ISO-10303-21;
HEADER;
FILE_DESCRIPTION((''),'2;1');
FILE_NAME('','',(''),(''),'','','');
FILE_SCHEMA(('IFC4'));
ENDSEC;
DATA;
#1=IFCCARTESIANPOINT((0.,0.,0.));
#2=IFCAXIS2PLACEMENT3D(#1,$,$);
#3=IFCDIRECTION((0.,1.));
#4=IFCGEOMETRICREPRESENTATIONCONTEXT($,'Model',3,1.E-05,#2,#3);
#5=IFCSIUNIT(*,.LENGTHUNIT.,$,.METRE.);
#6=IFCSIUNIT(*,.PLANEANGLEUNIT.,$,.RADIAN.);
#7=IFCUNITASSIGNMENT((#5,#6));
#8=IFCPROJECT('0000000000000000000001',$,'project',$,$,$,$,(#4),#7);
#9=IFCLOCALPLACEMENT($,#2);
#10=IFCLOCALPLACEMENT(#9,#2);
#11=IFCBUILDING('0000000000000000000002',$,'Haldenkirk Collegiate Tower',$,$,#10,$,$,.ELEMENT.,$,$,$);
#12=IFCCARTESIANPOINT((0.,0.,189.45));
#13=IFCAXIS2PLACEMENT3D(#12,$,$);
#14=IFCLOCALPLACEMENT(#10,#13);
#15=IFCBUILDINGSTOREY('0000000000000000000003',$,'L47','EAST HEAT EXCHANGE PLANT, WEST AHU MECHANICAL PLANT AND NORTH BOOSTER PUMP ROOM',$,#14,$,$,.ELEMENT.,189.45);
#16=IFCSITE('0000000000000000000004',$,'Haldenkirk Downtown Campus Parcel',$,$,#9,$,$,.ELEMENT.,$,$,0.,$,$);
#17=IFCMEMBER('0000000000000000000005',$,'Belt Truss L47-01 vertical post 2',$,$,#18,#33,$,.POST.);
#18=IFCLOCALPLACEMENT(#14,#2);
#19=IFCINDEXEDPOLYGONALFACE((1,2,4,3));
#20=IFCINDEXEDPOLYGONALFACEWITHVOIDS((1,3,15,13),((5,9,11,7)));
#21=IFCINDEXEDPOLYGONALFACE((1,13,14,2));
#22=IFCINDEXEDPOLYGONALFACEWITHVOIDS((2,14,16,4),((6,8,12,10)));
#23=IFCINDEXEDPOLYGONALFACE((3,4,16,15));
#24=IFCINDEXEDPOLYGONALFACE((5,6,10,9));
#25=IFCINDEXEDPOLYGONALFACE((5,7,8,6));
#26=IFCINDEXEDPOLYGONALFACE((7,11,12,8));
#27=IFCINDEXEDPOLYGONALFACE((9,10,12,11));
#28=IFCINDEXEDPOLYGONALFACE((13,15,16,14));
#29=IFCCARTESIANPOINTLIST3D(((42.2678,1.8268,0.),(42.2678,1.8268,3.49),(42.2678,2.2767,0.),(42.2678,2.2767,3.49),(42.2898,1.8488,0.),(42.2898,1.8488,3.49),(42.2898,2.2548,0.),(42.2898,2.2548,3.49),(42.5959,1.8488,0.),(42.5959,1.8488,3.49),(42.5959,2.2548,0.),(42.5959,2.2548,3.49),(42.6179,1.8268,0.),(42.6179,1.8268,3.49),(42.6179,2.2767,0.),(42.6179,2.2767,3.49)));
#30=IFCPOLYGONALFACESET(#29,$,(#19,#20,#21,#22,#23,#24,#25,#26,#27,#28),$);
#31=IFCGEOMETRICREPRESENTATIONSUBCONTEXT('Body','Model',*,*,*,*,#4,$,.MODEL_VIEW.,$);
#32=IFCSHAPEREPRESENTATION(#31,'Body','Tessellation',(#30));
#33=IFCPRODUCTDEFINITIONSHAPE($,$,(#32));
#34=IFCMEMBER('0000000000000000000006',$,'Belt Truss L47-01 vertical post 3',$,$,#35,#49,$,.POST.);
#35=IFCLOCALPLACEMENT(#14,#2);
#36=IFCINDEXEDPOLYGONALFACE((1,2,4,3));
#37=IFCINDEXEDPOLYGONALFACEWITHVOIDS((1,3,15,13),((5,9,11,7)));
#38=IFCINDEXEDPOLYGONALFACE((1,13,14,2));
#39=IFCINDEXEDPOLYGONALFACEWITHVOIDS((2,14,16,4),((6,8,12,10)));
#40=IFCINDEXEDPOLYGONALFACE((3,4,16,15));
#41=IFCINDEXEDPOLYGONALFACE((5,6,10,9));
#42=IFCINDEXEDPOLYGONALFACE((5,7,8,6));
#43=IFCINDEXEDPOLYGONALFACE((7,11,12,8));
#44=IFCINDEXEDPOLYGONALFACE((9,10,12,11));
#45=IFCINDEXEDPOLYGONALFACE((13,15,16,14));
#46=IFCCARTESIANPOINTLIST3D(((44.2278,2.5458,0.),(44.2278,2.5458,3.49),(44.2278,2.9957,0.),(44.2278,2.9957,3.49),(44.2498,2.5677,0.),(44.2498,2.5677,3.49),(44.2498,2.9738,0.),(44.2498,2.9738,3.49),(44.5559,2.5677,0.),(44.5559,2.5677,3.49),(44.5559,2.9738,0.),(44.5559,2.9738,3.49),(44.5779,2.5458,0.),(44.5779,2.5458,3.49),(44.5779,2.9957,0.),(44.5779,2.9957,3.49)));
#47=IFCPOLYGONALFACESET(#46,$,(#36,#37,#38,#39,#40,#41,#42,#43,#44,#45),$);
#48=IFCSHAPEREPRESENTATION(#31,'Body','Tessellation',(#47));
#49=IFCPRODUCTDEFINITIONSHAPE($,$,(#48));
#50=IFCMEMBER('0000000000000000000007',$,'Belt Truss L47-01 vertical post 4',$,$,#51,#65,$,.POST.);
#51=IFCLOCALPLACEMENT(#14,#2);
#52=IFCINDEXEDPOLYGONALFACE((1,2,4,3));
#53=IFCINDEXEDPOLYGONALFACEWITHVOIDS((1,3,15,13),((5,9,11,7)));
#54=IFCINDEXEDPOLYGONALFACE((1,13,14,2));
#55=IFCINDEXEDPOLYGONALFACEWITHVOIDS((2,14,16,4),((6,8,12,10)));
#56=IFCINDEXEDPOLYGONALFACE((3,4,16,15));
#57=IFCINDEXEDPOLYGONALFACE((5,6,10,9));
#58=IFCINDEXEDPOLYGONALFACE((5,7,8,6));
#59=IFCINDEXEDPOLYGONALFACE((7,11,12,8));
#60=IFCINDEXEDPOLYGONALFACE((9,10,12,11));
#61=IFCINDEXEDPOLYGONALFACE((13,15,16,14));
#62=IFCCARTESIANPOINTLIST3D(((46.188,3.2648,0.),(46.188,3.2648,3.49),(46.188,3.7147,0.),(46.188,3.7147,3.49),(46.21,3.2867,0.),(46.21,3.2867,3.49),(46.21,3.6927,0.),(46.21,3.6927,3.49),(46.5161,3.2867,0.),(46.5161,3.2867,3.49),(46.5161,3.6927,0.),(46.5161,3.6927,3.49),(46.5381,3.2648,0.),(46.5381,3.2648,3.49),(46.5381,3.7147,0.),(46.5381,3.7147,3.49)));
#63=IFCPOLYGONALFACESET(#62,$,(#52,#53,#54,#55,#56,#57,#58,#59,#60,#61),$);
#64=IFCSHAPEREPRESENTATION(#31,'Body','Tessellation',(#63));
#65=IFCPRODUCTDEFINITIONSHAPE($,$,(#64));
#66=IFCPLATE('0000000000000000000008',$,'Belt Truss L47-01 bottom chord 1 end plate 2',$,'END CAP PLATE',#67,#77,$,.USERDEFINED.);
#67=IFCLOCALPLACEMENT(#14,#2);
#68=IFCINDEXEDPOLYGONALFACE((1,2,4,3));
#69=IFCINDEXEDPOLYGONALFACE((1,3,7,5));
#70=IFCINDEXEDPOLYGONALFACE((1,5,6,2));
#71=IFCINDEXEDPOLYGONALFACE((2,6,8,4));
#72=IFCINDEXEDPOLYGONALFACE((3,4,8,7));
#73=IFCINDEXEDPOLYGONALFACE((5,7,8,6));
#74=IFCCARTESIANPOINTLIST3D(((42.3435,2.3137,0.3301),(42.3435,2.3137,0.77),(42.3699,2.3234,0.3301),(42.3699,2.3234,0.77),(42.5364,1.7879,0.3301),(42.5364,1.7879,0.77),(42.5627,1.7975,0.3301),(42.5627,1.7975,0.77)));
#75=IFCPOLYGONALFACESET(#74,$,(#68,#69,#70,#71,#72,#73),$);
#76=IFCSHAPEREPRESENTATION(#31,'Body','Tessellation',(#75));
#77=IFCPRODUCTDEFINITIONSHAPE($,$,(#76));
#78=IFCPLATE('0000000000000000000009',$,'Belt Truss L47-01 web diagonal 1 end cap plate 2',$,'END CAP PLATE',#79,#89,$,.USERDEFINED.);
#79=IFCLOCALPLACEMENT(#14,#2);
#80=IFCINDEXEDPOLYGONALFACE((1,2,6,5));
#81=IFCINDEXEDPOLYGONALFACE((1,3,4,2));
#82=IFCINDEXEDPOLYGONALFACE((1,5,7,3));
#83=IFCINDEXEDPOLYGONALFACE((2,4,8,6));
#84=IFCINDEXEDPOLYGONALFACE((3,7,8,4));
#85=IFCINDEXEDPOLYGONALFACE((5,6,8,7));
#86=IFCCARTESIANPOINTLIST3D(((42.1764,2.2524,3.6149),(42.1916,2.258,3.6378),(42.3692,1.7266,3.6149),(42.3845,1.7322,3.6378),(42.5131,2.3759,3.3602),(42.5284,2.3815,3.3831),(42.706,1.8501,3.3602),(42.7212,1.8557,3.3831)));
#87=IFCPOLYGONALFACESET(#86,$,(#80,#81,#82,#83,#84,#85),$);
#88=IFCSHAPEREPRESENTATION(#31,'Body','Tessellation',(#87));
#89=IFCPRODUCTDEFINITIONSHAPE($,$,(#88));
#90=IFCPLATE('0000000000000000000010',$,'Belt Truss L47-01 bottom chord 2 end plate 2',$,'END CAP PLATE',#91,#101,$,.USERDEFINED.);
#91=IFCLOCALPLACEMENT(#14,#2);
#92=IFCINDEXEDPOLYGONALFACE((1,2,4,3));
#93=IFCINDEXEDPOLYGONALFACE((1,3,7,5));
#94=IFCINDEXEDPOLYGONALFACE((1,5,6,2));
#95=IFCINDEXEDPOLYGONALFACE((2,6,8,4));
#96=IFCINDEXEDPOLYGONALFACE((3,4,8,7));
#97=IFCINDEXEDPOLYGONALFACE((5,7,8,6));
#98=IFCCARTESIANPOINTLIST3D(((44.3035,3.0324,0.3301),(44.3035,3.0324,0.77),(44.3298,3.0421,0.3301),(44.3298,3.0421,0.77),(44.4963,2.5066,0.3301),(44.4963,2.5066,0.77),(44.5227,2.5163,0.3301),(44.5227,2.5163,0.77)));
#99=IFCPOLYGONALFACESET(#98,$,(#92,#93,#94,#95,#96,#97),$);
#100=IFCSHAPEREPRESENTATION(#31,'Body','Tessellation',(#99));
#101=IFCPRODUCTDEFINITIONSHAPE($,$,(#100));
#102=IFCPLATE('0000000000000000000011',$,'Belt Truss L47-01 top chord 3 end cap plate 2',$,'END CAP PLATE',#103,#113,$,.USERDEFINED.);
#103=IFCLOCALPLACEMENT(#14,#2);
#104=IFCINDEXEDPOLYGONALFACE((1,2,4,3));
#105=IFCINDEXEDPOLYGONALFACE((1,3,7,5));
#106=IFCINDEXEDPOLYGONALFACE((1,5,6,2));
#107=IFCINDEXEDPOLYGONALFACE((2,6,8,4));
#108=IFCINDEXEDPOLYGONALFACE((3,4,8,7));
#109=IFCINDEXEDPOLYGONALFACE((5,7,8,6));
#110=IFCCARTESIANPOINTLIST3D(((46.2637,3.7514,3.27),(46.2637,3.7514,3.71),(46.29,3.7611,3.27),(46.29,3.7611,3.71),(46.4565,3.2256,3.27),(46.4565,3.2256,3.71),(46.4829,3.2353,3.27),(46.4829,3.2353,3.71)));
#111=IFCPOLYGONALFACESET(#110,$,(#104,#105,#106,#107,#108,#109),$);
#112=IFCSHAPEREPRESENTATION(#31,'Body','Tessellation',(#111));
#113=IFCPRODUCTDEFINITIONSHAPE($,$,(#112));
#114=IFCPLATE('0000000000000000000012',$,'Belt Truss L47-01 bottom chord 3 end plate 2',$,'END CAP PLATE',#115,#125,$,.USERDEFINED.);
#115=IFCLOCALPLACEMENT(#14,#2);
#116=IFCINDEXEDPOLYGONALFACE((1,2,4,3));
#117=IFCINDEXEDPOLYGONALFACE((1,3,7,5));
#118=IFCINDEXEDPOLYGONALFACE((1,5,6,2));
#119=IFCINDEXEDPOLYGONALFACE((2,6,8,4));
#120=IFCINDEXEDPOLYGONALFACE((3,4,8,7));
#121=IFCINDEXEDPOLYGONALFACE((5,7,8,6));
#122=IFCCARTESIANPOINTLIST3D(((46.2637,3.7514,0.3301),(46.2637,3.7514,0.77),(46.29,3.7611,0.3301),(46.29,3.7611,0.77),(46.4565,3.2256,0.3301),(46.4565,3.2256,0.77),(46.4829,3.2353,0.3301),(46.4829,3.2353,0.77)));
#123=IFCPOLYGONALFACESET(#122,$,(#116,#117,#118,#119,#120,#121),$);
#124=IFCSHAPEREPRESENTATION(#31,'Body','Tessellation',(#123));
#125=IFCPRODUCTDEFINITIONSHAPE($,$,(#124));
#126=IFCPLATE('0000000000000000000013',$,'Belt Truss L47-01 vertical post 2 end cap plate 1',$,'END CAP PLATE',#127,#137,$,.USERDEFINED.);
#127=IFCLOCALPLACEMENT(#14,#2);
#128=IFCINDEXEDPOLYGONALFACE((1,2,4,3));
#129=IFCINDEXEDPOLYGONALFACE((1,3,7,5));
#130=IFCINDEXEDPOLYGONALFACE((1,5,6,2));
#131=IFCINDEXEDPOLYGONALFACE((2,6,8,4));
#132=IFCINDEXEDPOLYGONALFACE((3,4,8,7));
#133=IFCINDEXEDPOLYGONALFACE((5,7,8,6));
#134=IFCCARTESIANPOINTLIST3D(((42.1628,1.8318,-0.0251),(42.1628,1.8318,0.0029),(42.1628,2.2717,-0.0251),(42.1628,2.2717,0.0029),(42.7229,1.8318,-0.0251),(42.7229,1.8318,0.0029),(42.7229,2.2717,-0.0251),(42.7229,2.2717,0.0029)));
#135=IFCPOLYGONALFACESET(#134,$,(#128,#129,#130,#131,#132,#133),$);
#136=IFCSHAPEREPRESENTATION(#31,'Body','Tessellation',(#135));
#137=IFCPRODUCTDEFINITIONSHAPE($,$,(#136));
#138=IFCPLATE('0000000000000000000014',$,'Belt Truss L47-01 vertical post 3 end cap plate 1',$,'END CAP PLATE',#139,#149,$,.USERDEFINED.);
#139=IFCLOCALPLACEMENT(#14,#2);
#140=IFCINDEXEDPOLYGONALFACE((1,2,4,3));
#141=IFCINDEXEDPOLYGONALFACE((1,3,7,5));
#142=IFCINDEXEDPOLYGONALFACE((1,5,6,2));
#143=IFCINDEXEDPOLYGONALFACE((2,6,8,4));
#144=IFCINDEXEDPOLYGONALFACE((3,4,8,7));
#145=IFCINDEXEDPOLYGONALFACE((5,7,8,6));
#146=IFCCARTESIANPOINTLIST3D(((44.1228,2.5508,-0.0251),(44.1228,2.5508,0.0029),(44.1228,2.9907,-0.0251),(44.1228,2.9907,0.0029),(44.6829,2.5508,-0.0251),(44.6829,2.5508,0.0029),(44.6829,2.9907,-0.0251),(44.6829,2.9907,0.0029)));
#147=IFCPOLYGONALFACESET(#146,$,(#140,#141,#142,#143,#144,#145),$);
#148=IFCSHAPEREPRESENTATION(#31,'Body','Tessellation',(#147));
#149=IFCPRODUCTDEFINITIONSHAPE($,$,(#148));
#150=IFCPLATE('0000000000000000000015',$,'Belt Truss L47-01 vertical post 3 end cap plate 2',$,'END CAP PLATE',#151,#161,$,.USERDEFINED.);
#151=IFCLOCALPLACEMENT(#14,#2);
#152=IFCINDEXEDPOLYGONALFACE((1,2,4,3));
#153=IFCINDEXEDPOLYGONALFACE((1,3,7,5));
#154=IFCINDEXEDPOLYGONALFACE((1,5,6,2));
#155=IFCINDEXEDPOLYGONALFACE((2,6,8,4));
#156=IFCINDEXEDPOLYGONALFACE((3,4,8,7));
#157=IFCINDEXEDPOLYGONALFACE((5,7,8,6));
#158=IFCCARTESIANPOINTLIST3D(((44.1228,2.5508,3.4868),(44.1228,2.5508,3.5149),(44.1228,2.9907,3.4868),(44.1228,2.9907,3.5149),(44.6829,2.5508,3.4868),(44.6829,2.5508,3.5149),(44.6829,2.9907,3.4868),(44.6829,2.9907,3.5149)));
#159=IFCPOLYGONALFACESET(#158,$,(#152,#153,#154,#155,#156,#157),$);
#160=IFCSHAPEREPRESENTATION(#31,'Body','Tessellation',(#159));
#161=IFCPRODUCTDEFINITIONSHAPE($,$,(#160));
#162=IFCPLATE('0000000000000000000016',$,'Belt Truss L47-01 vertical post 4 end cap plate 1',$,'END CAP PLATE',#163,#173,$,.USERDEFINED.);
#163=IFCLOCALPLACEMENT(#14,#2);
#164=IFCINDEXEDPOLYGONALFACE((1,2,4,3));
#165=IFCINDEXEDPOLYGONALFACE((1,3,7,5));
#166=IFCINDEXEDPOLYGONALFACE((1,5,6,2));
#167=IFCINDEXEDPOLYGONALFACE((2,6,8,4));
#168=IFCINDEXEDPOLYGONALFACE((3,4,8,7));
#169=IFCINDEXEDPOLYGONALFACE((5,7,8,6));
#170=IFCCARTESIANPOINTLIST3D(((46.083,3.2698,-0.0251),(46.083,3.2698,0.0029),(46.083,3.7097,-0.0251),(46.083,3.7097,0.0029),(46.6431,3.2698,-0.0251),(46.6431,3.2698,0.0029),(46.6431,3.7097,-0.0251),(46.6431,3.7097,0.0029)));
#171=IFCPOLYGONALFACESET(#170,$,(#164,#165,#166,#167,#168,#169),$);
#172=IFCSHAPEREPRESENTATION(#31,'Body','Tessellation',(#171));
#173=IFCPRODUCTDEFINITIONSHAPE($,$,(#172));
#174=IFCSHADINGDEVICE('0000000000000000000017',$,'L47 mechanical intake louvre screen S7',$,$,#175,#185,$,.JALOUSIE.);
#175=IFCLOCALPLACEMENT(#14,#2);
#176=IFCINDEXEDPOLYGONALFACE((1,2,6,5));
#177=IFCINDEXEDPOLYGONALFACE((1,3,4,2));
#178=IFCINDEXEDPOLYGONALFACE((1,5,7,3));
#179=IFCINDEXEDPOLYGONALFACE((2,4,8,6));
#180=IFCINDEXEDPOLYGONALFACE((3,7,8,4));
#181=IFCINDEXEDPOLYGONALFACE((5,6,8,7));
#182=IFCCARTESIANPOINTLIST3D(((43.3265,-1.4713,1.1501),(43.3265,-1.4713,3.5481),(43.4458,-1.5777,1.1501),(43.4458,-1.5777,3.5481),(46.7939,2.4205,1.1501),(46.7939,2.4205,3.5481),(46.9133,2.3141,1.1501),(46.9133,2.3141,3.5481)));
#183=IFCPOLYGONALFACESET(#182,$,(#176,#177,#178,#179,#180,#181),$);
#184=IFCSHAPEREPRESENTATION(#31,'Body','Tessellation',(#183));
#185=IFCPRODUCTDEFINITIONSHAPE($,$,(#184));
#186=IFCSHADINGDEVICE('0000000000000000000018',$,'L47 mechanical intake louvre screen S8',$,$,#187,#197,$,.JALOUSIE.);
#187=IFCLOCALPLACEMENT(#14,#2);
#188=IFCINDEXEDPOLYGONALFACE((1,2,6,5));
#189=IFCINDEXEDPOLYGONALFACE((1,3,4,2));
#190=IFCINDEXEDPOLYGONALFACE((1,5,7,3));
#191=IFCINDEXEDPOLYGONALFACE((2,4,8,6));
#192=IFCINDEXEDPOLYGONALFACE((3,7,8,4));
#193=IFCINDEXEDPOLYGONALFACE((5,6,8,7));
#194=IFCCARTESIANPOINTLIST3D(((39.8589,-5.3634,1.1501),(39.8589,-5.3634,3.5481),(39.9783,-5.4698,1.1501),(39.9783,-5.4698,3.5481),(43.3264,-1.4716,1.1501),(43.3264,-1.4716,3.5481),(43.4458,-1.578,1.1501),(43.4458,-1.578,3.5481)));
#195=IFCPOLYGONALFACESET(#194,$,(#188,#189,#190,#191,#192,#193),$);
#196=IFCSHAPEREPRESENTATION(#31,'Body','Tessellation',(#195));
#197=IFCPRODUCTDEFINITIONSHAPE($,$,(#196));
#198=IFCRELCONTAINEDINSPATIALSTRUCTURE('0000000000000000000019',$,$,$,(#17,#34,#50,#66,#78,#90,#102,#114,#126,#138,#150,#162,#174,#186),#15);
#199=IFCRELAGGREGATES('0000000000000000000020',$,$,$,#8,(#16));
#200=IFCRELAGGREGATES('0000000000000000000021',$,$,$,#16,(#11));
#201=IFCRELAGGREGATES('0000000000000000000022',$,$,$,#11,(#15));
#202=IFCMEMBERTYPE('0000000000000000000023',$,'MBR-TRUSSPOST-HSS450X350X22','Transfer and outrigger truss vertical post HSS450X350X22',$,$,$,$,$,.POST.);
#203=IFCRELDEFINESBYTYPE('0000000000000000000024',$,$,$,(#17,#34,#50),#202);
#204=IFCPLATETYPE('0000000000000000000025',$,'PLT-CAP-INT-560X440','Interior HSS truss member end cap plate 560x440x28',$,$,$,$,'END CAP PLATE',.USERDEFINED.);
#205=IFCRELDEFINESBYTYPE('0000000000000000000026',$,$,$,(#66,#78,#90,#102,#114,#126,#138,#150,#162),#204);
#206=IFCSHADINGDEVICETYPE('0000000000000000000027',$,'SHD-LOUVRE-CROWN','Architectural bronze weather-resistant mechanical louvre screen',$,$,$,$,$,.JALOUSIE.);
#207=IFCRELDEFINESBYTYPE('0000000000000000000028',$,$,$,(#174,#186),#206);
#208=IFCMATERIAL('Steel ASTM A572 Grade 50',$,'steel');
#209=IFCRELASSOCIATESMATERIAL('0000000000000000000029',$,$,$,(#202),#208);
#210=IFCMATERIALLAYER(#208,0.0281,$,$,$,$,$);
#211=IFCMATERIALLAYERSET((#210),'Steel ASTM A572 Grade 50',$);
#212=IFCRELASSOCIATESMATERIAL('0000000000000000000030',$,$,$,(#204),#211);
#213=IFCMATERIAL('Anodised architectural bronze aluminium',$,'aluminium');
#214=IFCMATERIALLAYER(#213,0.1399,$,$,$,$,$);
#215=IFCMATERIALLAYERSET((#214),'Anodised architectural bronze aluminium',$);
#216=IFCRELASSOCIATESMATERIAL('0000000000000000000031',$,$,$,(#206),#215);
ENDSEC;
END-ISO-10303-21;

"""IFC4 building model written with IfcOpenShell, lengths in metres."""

from ifc_helpers import new_model, si_unit, direction, frame, origin, origin_2d, place, context, subcontext, project, spatial, rectangle, hollow_rectangle, extrude, source, transform, mapped, material, layer, layer_set, material_profile, profile_set, type_object, element, save


model = new_model("IFC4")

# Units and contexts
model_context = context("Model", 3, precision=1e-05, world=origin(), true_north=direction((0.0, 1.0)))
body_context = subcontext(model_context, "Body", "Model", "MODEL_VIEW")
ifc_project = project(units=[si_unit("LENGTHUNIT", "METRE"), si_unit("PLANEANGLEUNIT", "RADIAN")], contexts=[model_context])

# Site, building, storey
site_placement = place(None, origin())
site = spatial("IfcSite", under=ifc_project, at=site_placement, Name="Haldenkirk Downtown Campus Parcel", CompositionType="ELEMENT", RefElevation=0.0)
building_placement = place(site_placement, origin())
building = spatial("IfcBuilding", under=site, at=building_placement, Name="Haldenkirk Collegiate Tower", CompositionType="ELEMENT")
storey_placement = place(building_placement, frame((0.0, 0.0, 189.45)))
storey = spatial("IfcBuildingStorey", under=building, at=storey_placement, Name="L47", Description="EAST HEAT EXCHANGE PLANT, WEST AHU MECHANICAL PLANT AND NORTH BOOSTER PUMP ROOM", CompositionType="ELEMENT", Elevation=189.45)

# Members
ifc_material_1 = material(Name="Steel ASTM A572 Grade 50", Category="steel")
ifc_material_profile_1 = material_profile(ifc_material_1, hollow_rectangle(XDim=0.3501, YDim=0.45, WallThickness=0.022, at=origin_2d()), Name="HSS450X350X22")
ifc_profile_set_1 = profile_set([ifc_material_profile_1], Name="Steel ASTM A572 Grade 50")
member_type_1 = type_object("IfcMemberType", Name="MBR-TRUSSPOST-HSS450X350X22", Description="Transfer and outrigger truss vertical post HSS450X350X22", PredefinedType="POST", material=ifc_profile_set_1)
for number, where, z_axis, x_axis, name in (
    (1, (42.4429, 2.0518, 0.0), (0.0, 0.0, 1.0), (1.0, 0.0, 0.0), "Belt Truss L47-01 vertical post 2"),
    (2, (44.4028, 2.7708, 0.0), (0.0, 0.0, 1.0), (1.0, 0.0, 0.0), "Belt Truss L47-01 vertical post 3"),
    (3, (46.363, 3.4897, 0.0), (0.0, 0.0, 1.0), (1.0, 0.0, 0.0), "Belt Truss L47-01 vertical post 4"),
):
    element("IfcMember", number, at=place(storey_placement, frame(where, z_axis=z_axis, x_axis=x_axis)), inside=storey, type_object=member_type_1, Name=name, PredefinedType="POST", context=body_context, shape_type="SweptSolid", body=[
        extrude(hollow_rectangle(XDim=0.3501, YDim=0.45, WallThickness=0.022, at=origin_2d()), origin(), (0.0, 0.0, 1.0), 3.49),
    ])

# Plates
ifc_layer_1 = layer(ifc_material_1, 0.0281)
ifc_layer_set_1 = layer_set([ifc_layer_1], Name="Steel ASTM A572 Grade 50")
plate_type = type_object("IfcPlateType", Name="PLT-CAP-INT-560X440", Description="Interior HSS truss member end cap plate 560x440x28", ElementType="END CAP PLATE", PredefinedType="USERDEFINED", material=ifc_layer_set_1)
shared_shape_1 = source(origin(), body_context, "Body", "SweptSolid", [
    extrude(rectangle(XDim=0.5601, YDim=0.4399, at=origin_2d()), origin(), (0.0, 0.0, 1.0), 0.0281),
])
for number, where, z_axis, x_axis, name in (
    (4, (42.4399, 2.0508, 0.55), (0.938839, 0.344356, 0.0), (-0.344356, 0.938839, 0.0), "Belt Truss L47-01 bottom chord 1 end plate 2"),
    (5, (42.4412, 2.0513, 3.4875), (0.5436, 0.199392, 0.815317), (-0.344364, 0.938836, 0.0), "Belt Truss L47-01 web diagonal 1 end cap plate 2"),
    (6, (44.3999, 2.7695, 0.55), (0.938839, 0.344356, 0.0), (-0.344356, 0.938839, 0.0), "Belt Truss L47-01 bottom chord 2 end plate 2"),
    (7, (46.3601, 3.4885, 3.49), (0.938836, 0.344364, 0.0), (-0.344364, 0.938836, 0.0), "Belt Truss L47-01 top chord 3 end cap plate 2"),
    (8, (46.3601, 3.4885, 0.55), (0.938839, 0.344356, 0.0), (-0.344356, 0.938839, 0.0), "Belt Truss L47-01 bottom chord 3 end plate 2"),
    (9, (42.4429, 2.0518, 0.0029), (0.0, 0.0, -1.0), (1.0, 0.0, 0.0), "Belt Truss L47-01 vertical post 2 end cap plate 1"),
    (10, (44.4028, 2.7708, 0.0029), (0.0, 0.0, -1.0), (1.0, 0.0, 0.0), "Belt Truss L47-01 vertical post 3 end cap plate 1"),
    (11, (44.4028, 2.7708, 3.4868), (0.0, 0.0, 1.0), (1.0, 0.0, 0.0), "Belt Truss L47-01 vertical post 3 end cap plate 2"),
    (12, (46.363, 3.4897, 0.0029), (0.0, 0.0, -1.0), (1.0, 0.0, 0.0), "Belt Truss L47-01 vertical post 4 end cap plate 1"),
):
    element("IfcPlate", number, at=place(storey_placement, frame(where, z_axis=z_axis, x_axis=x_axis)), inside=storey, type_object=plate_type, Name=name, ObjectType="END CAP PLATE", PredefinedType="USERDEFINED", context=body_context, shape_type="MappedRepresentation", body=[
        mapped(shared_shape_1, transform((0.0, 0.0, 0.0), x_axis=(1.0, 0.0, 0.0), y_axis=(0.0, 1.0, 0.0), z_axis=(0.0, 0.0, 1.0), scale=1.0)),
    ])

# Shading devices
ifc_material_2 = material(Name="Anodised architectural bronze aluminium", Category="aluminium")
ifc_layer_2 = layer(ifc_material_2, 0.1399)
ifc_layer_set_2 = layer_set([ifc_layer_2], Name="Anodised architectural bronze aluminium")
shading_device_type = type_object("IfcShadingDeviceType", Name="SHD-LOUVRE-CROWN", Description="Architectural bronze weather-resistant mechanical louvre screen", PredefinedType="JALOUSIE", material=ifc_layer_set_2)
shared_shape_2 = source(origin(), body_context, "Body", "SweptSolid", [
    extrude(rectangle(XDim=5.2124, YDim=0.1599, at=origin_2d()), origin(), (0.0, 0.0, 1.0), 2.3979),
])
for number, where, z_axis, x_axis, name in (
    (13, (45.1199, 0.4214, 1.1501), (0.0, 0.0, 1.0), (-0.66523, -0.746638, 0.0), "L47 mechanical intake louvre screen S7"),
    (14, (41.6523, -3.4707, 1.1501), (0.0, 0.0, 1.0), (-0.66523, -0.746638, 0.0), "L47 mechanical intake louvre screen S8"),
):
    element("IfcShadingDevice", number, at=place(storey_placement, frame(where, z_axis=z_axis, x_axis=x_axis)), inside=storey, type_object=shading_device_type, Name=name, PredefinedType="JALOUSIE", context=body_context, shape_type="MappedRepresentation", body=[
        mapped(shared_shape_2, transform((0.0, 0.0, 0.0), x_axis=(1.0, 0.0, 0.0), y_axis=(0.0, 1.0, 0.0), z_axis=(0.0, 0.0, 1.0), scale=1.0)),
    ])

save(model, "model.ifc")
